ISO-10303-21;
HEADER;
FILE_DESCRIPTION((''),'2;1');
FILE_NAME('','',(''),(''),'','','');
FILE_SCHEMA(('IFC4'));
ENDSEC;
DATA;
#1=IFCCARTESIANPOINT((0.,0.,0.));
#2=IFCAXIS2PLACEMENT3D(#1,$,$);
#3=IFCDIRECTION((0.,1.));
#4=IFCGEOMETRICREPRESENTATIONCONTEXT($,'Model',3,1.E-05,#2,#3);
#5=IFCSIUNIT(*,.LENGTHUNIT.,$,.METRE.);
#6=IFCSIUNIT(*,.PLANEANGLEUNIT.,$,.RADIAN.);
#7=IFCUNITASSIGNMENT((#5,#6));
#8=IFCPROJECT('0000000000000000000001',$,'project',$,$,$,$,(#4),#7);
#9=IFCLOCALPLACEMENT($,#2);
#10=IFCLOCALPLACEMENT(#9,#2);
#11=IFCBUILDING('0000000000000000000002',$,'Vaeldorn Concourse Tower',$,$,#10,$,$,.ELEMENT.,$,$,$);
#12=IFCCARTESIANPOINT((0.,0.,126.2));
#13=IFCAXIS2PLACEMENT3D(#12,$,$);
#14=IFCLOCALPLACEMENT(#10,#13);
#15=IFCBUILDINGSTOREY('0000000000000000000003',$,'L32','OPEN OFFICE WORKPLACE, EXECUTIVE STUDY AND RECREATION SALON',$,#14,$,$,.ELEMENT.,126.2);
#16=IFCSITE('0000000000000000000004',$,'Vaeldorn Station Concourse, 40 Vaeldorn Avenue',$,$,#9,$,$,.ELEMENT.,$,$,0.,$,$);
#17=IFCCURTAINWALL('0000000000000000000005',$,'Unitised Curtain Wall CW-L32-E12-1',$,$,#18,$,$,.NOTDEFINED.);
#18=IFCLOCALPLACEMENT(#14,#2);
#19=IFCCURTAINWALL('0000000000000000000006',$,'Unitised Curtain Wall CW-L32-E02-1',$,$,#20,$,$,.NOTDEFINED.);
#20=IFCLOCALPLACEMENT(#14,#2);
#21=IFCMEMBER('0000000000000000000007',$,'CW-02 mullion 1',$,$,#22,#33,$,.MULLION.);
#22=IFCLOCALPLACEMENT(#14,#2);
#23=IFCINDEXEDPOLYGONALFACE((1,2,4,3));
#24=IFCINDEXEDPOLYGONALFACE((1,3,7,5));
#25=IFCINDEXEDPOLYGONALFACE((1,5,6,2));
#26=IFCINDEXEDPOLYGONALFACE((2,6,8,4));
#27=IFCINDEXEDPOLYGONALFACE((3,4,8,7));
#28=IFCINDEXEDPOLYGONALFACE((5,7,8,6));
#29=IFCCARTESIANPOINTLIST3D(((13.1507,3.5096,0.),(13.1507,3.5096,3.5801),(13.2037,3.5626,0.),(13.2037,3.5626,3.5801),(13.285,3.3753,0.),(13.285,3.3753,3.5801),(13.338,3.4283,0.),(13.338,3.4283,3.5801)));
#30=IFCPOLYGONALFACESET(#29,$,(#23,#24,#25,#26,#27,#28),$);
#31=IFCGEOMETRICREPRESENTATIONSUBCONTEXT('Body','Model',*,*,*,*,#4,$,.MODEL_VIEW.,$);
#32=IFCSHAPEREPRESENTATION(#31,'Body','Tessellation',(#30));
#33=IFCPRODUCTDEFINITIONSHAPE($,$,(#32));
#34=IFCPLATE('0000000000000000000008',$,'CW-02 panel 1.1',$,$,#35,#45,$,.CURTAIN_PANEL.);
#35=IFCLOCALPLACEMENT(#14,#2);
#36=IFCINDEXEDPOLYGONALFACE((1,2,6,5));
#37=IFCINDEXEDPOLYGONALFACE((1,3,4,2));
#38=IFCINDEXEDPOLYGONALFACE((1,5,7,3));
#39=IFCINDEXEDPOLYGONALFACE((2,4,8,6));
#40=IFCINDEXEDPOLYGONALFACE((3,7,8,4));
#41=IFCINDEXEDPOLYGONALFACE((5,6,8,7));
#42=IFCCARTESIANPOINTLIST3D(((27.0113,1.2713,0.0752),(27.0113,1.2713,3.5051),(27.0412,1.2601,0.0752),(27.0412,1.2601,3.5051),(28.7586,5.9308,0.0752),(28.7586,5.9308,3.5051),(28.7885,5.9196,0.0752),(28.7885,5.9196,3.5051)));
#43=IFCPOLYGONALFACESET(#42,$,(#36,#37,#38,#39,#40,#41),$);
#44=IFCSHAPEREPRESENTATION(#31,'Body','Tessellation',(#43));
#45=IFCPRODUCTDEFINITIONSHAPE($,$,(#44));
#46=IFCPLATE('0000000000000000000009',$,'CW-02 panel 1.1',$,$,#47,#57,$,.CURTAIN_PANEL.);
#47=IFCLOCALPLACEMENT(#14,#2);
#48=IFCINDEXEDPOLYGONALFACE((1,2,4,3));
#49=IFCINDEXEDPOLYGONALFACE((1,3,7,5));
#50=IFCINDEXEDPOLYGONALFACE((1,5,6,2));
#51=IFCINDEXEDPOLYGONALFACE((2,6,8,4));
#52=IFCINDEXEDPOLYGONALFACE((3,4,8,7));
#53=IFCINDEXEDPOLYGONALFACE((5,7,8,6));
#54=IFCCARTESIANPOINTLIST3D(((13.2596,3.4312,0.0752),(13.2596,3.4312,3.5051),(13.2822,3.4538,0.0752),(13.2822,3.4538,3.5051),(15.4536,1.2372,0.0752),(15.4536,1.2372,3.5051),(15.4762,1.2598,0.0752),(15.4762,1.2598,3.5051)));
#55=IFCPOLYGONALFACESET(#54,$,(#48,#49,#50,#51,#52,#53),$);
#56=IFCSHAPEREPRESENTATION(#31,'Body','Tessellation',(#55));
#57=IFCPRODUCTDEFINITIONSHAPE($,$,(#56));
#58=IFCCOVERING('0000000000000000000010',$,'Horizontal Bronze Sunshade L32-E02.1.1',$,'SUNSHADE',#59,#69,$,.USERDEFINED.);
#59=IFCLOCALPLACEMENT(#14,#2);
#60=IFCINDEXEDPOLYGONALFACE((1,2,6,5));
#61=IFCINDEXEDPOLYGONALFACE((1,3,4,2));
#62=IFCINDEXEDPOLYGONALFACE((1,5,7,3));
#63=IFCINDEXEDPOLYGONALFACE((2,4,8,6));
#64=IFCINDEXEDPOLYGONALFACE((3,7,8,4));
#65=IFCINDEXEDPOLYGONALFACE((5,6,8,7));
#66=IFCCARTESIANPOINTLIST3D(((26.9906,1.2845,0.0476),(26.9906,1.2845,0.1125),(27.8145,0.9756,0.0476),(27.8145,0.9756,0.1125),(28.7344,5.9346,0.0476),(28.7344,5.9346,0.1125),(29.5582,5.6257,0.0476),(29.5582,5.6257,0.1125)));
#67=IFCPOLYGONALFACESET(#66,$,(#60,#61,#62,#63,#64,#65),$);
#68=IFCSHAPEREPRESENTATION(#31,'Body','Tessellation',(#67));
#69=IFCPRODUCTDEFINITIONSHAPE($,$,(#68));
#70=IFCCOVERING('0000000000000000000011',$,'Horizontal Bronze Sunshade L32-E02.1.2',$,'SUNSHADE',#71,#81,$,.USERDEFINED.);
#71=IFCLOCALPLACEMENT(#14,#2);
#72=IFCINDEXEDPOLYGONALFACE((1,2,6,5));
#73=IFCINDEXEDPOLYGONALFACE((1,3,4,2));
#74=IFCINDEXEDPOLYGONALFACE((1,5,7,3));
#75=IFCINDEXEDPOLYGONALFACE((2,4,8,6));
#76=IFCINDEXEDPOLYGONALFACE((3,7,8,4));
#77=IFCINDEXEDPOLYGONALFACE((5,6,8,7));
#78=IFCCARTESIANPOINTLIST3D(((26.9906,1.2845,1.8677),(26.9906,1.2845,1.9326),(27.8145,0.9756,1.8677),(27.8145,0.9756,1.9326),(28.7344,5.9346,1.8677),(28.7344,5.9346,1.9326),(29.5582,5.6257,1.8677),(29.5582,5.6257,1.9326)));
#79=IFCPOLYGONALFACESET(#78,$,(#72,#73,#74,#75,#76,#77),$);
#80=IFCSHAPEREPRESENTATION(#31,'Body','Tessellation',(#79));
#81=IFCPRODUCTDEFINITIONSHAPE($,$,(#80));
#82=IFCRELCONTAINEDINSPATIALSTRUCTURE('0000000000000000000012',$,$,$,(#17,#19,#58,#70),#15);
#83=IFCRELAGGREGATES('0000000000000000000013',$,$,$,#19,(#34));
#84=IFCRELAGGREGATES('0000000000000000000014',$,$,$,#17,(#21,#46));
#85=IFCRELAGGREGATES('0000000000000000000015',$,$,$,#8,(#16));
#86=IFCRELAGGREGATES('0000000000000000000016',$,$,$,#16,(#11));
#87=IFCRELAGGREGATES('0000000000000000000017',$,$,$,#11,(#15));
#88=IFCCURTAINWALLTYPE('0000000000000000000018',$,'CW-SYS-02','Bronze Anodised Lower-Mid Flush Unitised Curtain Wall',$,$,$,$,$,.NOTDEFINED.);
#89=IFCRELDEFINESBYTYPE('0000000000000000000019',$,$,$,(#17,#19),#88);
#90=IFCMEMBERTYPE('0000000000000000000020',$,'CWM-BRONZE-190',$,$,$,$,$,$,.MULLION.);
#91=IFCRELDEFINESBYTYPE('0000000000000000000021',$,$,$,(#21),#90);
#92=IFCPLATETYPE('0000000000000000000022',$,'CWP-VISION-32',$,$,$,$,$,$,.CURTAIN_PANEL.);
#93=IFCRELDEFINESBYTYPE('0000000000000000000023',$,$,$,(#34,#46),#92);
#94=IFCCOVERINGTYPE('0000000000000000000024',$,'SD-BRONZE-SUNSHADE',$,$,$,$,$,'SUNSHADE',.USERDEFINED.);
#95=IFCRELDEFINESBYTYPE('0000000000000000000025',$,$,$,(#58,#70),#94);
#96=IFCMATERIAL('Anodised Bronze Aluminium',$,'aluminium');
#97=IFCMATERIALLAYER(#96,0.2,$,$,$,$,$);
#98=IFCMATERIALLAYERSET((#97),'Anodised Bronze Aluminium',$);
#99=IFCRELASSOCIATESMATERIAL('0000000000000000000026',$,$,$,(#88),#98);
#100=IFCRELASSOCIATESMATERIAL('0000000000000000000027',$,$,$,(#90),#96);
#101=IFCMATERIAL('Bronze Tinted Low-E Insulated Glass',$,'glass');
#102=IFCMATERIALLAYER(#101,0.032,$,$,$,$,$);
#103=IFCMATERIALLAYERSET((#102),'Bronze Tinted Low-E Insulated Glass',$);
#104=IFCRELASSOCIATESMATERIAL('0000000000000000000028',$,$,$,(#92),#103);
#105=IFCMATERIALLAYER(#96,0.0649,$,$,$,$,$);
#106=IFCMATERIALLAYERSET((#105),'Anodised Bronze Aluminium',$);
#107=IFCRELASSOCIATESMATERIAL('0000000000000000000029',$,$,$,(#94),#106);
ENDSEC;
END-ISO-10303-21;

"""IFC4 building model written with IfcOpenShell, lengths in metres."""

from ifc_helpers import new_model, si_unit, direction, frame, origin, origin_2d, place, context, subcontext, project, spatial, rectangle, extrude, source, transform, mapped, material, layer, layer_set, material_profile, profile_set, type_object, element, aggregate, save


model = new_model("IFC4")

# Units and contexts
model_context = context("Model", 3, precision=1e-05, world=origin(), true_north=direction((0.0, 1.0)))
body_context = subcontext(model_context, "Body", "Model", "MODEL_VIEW")
ifc_project = project(units=[si_unit("LENGTHUNIT", "METRE"), si_unit("PLANEANGLEUNIT", "RADIAN")], contexts=[model_context])

# Site, building, storey
site_placement = place(None, origin())
site = spatial("IfcSite", under=ifc_project, at=site_placement, Name="Vaeldorn Station Concourse, 40 Vaeldorn Avenue", CompositionType="ELEMENT", RefElevation=0.0)
building_placement = place(site_placement, origin())
building = spatial("IfcBuilding", under=site, at=building_placement, Name="Vaeldorn Concourse Tower", CompositionType="ELEMENT")
storey_placement = place(building_placement, frame((0.0, 0.0, 126.2)))
storey = spatial("IfcBuildingStorey", under=building, at=storey_placement, Name="L32", Description="OPEN OFFICE WORKPLACE, EXECUTIVE STUDY AND RECREATION SALON", CompositionType="ELEMENT", Elevation=126.2)

# Curtain wall
ifc_material_1 = material(Name="Anodised Bronze Aluminium", Category="aluminium")
ifc_layer_1 = layer(ifc_material_1, 0.2)
ifc_layer_set_1 = layer_set([ifc_layer_1], Name="Anodised Bronze Aluminium")
curtain_wall_type = type_object("IfcCurtainWallType", Name="CW-SYS-02", Description="Bronze Anodised Lower-Mid Flush Unitised Curtain Wall", PredefinedType="NOTDEFINED", material=ifc_layer_set_1)
curtain_wall_1_placement = place(storey_placement, origin())
curtain_wall_1 = element("IfcCurtainWall", 1, at=curtain_wall_1_placement, inside=storey, type_object=curtain_wall_type, Name="Unitised Curtain Wall CW-L32-E12-1", PredefinedType="NOTDEFINED")

# Curtain wall
curtain_wall_2_placement = place(storey_placement, origin())
curtain_wall_2 = element("IfcCurtainWall", 2, at=curtain_wall_2_placement, inside=storey, type_object=curtain_wall_type, Name="Unitised Curtain Wall CW-L32-E02-1", PredefinedType="NOTDEFINED")
ifc_material_profile_1 = material_profile(ifc_material_1, rectangle(XDim=0.075, YDim=0.1899, at=origin_2d()), Name="CWM 75x190")
ifc_profile_set_1 = profile_set([ifc_material_profile_1], Name="Anodised Bronze Aluminium")
member_type_1 = type_object("IfcMemberType", Name="CWM-BRONZE-190", PredefinedType="MULLION", material=ifc_profile_set_1)
shared_shape_1 = source(origin(), body_context, "Body", "SweptSolid", [
    extrude(rectangle(XDim=0.075, YDim=0.1899, at=origin_2d()), origin(), (0.0, 0.0, 1.0), 3.5801),
])

# Member
member_1_placement = place(storey_placement, frame((13.2444, 3.469, 0.0), z_axis=(0.0, 0.0, 1.0), x_axis=(0.707107, 0.707107, 0.0)))
member_1 = element("IfcMember", 3, at=member_1_placement, type_object=member_type_1, Name="CW-02 mullion 1", PredefinedType="MULLION", context=body_context, shape_type="MappedRepresentation", body=[
    mapped(shared_shape_1, transform((0.0, 0.0, 0.0), scale=1.0)),
])

# Plates
ifc_material_2 = material(Name="Bronze Tinted Low-E Insulated Glass", Category="glass")
ifc_layer_2 = layer(ifc_material_2, 0.032)
ifc_layer_set_2 = layer_set([ifc_layer_2], Name="Bronze Tinted Low-E Insulated Glass")
plate_type = type_object("IfcPlateType", Name="CWP-VISION-32", PredefinedType="CURTAIN_PANEL", material=ifc_layer_set_2)
shared_shape_2 = source(origin(), body_context, "Body", "SweptSolid", [
    extrude(rectangle(XDim=4.9763, YDim=0.032, at=origin_2d()), origin(), (0.0, 0.0, 1.0), 3.4299),
])
plate_1_placement = place(storey_placement, frame((27.8999, 3.5955, 0.0752), z_axis=(0.0, 0.0, 1.0), x_axis=(0.351123, 0.936329, 0.0)))
plate_1 = element("IfcPlate", 4, at=plate_1_placement, type_object=plate_type, Name="CW-02 panel 1.1", PredefinedType="CURTAIN_PANEL", context=body_context, shape_type="MappedRepresentation", body=[
    mapped(shared_shape_2, transform((0.0, 0.0, 0.0), scale=1.0)),
])
aggregate(curtain_wall_2, [plate_1])
shared_shape_3 = source(origin(), body_context, "Body", "SweptSolid", [
    extrude(rectangle(XDim=3.1028, YDim=0.032, at=origin_2d()), origin(), (0.0, 0.0, 1.0), 3.4299),
])
plate_2_placement = place(storey_placement, frame((14.3679, 2.3455, 0.0752), z_axis=(0.0, 0.0, 1.0), x_axis=(0.707107, -0.707107, 0.0)))
plate_2 = element("IfcPlate", 5, at=plate_2_placement, type_object=plate_type, Name="CW-02 panel 1.1", PredefinedType="CURTAIN_PANEL", context=body_context, shape_type="MappedRepresentation", body=[
    mapped(shared_shape_3, transform((0.0, 0.0, 0.0), scale=1.0)),
])
aggregate(curtain_wall_1, [member_1, plate_2])

# Coverings
ifc_layer_3 = layer(ifc_material_1, 0.0649)
ifc_layer_set_3 = layer_set([ifc_layer_3], Name="Anodised Bronze Aluminium")
covering_type = type_object("IfcCoveringType", Name="SD-BRONZE-SUNSHADE", ElementType="SUNSHADE", PredefinedType="USERDEFINED", material=ifc_layer_set_3)
shared_shape_4 = source(origin(), body_context, "Body", "SweptSolid", [
    extrude(rectangle(XDim=4.9663, YDim=0.8799, at=origin_2d()), origin(), (0.0, 0.0, 1.0), 0.0649),
])
for number, where, z_axis, x_axis, name in (
    (6, (28.2744, 3.4551, 0.0476), (0.0, 0.0, 1.0), (0.351123, 0.936329, 0.0), "Horizontal Bronze Sunshade L32-E02.1.1"),
    (7, (28.2744, 3.4551, 1.8677), (0.0, 0.0, 1.0), (0.351123, 0.936329, 0.0), "Horizontal Bronze Sunshade L32-E02.1.2"),
):
    element("IfcCovering", number, at=place(storey_placement, frame(where, z_axis=z_axis, x_axis=x_axis)), inside=storey, type_object=covering_type, Name=name, ObjectType="SUNSHADE", PredefinedType="USERDEFINED", context=body_context, shape_type="MappedRepresentation", body=[
        mapped(shared_shape_4, transform((0.0, 0.0, 0.0), scale=1.0)),
    ])

save(model, "model.ifc")
